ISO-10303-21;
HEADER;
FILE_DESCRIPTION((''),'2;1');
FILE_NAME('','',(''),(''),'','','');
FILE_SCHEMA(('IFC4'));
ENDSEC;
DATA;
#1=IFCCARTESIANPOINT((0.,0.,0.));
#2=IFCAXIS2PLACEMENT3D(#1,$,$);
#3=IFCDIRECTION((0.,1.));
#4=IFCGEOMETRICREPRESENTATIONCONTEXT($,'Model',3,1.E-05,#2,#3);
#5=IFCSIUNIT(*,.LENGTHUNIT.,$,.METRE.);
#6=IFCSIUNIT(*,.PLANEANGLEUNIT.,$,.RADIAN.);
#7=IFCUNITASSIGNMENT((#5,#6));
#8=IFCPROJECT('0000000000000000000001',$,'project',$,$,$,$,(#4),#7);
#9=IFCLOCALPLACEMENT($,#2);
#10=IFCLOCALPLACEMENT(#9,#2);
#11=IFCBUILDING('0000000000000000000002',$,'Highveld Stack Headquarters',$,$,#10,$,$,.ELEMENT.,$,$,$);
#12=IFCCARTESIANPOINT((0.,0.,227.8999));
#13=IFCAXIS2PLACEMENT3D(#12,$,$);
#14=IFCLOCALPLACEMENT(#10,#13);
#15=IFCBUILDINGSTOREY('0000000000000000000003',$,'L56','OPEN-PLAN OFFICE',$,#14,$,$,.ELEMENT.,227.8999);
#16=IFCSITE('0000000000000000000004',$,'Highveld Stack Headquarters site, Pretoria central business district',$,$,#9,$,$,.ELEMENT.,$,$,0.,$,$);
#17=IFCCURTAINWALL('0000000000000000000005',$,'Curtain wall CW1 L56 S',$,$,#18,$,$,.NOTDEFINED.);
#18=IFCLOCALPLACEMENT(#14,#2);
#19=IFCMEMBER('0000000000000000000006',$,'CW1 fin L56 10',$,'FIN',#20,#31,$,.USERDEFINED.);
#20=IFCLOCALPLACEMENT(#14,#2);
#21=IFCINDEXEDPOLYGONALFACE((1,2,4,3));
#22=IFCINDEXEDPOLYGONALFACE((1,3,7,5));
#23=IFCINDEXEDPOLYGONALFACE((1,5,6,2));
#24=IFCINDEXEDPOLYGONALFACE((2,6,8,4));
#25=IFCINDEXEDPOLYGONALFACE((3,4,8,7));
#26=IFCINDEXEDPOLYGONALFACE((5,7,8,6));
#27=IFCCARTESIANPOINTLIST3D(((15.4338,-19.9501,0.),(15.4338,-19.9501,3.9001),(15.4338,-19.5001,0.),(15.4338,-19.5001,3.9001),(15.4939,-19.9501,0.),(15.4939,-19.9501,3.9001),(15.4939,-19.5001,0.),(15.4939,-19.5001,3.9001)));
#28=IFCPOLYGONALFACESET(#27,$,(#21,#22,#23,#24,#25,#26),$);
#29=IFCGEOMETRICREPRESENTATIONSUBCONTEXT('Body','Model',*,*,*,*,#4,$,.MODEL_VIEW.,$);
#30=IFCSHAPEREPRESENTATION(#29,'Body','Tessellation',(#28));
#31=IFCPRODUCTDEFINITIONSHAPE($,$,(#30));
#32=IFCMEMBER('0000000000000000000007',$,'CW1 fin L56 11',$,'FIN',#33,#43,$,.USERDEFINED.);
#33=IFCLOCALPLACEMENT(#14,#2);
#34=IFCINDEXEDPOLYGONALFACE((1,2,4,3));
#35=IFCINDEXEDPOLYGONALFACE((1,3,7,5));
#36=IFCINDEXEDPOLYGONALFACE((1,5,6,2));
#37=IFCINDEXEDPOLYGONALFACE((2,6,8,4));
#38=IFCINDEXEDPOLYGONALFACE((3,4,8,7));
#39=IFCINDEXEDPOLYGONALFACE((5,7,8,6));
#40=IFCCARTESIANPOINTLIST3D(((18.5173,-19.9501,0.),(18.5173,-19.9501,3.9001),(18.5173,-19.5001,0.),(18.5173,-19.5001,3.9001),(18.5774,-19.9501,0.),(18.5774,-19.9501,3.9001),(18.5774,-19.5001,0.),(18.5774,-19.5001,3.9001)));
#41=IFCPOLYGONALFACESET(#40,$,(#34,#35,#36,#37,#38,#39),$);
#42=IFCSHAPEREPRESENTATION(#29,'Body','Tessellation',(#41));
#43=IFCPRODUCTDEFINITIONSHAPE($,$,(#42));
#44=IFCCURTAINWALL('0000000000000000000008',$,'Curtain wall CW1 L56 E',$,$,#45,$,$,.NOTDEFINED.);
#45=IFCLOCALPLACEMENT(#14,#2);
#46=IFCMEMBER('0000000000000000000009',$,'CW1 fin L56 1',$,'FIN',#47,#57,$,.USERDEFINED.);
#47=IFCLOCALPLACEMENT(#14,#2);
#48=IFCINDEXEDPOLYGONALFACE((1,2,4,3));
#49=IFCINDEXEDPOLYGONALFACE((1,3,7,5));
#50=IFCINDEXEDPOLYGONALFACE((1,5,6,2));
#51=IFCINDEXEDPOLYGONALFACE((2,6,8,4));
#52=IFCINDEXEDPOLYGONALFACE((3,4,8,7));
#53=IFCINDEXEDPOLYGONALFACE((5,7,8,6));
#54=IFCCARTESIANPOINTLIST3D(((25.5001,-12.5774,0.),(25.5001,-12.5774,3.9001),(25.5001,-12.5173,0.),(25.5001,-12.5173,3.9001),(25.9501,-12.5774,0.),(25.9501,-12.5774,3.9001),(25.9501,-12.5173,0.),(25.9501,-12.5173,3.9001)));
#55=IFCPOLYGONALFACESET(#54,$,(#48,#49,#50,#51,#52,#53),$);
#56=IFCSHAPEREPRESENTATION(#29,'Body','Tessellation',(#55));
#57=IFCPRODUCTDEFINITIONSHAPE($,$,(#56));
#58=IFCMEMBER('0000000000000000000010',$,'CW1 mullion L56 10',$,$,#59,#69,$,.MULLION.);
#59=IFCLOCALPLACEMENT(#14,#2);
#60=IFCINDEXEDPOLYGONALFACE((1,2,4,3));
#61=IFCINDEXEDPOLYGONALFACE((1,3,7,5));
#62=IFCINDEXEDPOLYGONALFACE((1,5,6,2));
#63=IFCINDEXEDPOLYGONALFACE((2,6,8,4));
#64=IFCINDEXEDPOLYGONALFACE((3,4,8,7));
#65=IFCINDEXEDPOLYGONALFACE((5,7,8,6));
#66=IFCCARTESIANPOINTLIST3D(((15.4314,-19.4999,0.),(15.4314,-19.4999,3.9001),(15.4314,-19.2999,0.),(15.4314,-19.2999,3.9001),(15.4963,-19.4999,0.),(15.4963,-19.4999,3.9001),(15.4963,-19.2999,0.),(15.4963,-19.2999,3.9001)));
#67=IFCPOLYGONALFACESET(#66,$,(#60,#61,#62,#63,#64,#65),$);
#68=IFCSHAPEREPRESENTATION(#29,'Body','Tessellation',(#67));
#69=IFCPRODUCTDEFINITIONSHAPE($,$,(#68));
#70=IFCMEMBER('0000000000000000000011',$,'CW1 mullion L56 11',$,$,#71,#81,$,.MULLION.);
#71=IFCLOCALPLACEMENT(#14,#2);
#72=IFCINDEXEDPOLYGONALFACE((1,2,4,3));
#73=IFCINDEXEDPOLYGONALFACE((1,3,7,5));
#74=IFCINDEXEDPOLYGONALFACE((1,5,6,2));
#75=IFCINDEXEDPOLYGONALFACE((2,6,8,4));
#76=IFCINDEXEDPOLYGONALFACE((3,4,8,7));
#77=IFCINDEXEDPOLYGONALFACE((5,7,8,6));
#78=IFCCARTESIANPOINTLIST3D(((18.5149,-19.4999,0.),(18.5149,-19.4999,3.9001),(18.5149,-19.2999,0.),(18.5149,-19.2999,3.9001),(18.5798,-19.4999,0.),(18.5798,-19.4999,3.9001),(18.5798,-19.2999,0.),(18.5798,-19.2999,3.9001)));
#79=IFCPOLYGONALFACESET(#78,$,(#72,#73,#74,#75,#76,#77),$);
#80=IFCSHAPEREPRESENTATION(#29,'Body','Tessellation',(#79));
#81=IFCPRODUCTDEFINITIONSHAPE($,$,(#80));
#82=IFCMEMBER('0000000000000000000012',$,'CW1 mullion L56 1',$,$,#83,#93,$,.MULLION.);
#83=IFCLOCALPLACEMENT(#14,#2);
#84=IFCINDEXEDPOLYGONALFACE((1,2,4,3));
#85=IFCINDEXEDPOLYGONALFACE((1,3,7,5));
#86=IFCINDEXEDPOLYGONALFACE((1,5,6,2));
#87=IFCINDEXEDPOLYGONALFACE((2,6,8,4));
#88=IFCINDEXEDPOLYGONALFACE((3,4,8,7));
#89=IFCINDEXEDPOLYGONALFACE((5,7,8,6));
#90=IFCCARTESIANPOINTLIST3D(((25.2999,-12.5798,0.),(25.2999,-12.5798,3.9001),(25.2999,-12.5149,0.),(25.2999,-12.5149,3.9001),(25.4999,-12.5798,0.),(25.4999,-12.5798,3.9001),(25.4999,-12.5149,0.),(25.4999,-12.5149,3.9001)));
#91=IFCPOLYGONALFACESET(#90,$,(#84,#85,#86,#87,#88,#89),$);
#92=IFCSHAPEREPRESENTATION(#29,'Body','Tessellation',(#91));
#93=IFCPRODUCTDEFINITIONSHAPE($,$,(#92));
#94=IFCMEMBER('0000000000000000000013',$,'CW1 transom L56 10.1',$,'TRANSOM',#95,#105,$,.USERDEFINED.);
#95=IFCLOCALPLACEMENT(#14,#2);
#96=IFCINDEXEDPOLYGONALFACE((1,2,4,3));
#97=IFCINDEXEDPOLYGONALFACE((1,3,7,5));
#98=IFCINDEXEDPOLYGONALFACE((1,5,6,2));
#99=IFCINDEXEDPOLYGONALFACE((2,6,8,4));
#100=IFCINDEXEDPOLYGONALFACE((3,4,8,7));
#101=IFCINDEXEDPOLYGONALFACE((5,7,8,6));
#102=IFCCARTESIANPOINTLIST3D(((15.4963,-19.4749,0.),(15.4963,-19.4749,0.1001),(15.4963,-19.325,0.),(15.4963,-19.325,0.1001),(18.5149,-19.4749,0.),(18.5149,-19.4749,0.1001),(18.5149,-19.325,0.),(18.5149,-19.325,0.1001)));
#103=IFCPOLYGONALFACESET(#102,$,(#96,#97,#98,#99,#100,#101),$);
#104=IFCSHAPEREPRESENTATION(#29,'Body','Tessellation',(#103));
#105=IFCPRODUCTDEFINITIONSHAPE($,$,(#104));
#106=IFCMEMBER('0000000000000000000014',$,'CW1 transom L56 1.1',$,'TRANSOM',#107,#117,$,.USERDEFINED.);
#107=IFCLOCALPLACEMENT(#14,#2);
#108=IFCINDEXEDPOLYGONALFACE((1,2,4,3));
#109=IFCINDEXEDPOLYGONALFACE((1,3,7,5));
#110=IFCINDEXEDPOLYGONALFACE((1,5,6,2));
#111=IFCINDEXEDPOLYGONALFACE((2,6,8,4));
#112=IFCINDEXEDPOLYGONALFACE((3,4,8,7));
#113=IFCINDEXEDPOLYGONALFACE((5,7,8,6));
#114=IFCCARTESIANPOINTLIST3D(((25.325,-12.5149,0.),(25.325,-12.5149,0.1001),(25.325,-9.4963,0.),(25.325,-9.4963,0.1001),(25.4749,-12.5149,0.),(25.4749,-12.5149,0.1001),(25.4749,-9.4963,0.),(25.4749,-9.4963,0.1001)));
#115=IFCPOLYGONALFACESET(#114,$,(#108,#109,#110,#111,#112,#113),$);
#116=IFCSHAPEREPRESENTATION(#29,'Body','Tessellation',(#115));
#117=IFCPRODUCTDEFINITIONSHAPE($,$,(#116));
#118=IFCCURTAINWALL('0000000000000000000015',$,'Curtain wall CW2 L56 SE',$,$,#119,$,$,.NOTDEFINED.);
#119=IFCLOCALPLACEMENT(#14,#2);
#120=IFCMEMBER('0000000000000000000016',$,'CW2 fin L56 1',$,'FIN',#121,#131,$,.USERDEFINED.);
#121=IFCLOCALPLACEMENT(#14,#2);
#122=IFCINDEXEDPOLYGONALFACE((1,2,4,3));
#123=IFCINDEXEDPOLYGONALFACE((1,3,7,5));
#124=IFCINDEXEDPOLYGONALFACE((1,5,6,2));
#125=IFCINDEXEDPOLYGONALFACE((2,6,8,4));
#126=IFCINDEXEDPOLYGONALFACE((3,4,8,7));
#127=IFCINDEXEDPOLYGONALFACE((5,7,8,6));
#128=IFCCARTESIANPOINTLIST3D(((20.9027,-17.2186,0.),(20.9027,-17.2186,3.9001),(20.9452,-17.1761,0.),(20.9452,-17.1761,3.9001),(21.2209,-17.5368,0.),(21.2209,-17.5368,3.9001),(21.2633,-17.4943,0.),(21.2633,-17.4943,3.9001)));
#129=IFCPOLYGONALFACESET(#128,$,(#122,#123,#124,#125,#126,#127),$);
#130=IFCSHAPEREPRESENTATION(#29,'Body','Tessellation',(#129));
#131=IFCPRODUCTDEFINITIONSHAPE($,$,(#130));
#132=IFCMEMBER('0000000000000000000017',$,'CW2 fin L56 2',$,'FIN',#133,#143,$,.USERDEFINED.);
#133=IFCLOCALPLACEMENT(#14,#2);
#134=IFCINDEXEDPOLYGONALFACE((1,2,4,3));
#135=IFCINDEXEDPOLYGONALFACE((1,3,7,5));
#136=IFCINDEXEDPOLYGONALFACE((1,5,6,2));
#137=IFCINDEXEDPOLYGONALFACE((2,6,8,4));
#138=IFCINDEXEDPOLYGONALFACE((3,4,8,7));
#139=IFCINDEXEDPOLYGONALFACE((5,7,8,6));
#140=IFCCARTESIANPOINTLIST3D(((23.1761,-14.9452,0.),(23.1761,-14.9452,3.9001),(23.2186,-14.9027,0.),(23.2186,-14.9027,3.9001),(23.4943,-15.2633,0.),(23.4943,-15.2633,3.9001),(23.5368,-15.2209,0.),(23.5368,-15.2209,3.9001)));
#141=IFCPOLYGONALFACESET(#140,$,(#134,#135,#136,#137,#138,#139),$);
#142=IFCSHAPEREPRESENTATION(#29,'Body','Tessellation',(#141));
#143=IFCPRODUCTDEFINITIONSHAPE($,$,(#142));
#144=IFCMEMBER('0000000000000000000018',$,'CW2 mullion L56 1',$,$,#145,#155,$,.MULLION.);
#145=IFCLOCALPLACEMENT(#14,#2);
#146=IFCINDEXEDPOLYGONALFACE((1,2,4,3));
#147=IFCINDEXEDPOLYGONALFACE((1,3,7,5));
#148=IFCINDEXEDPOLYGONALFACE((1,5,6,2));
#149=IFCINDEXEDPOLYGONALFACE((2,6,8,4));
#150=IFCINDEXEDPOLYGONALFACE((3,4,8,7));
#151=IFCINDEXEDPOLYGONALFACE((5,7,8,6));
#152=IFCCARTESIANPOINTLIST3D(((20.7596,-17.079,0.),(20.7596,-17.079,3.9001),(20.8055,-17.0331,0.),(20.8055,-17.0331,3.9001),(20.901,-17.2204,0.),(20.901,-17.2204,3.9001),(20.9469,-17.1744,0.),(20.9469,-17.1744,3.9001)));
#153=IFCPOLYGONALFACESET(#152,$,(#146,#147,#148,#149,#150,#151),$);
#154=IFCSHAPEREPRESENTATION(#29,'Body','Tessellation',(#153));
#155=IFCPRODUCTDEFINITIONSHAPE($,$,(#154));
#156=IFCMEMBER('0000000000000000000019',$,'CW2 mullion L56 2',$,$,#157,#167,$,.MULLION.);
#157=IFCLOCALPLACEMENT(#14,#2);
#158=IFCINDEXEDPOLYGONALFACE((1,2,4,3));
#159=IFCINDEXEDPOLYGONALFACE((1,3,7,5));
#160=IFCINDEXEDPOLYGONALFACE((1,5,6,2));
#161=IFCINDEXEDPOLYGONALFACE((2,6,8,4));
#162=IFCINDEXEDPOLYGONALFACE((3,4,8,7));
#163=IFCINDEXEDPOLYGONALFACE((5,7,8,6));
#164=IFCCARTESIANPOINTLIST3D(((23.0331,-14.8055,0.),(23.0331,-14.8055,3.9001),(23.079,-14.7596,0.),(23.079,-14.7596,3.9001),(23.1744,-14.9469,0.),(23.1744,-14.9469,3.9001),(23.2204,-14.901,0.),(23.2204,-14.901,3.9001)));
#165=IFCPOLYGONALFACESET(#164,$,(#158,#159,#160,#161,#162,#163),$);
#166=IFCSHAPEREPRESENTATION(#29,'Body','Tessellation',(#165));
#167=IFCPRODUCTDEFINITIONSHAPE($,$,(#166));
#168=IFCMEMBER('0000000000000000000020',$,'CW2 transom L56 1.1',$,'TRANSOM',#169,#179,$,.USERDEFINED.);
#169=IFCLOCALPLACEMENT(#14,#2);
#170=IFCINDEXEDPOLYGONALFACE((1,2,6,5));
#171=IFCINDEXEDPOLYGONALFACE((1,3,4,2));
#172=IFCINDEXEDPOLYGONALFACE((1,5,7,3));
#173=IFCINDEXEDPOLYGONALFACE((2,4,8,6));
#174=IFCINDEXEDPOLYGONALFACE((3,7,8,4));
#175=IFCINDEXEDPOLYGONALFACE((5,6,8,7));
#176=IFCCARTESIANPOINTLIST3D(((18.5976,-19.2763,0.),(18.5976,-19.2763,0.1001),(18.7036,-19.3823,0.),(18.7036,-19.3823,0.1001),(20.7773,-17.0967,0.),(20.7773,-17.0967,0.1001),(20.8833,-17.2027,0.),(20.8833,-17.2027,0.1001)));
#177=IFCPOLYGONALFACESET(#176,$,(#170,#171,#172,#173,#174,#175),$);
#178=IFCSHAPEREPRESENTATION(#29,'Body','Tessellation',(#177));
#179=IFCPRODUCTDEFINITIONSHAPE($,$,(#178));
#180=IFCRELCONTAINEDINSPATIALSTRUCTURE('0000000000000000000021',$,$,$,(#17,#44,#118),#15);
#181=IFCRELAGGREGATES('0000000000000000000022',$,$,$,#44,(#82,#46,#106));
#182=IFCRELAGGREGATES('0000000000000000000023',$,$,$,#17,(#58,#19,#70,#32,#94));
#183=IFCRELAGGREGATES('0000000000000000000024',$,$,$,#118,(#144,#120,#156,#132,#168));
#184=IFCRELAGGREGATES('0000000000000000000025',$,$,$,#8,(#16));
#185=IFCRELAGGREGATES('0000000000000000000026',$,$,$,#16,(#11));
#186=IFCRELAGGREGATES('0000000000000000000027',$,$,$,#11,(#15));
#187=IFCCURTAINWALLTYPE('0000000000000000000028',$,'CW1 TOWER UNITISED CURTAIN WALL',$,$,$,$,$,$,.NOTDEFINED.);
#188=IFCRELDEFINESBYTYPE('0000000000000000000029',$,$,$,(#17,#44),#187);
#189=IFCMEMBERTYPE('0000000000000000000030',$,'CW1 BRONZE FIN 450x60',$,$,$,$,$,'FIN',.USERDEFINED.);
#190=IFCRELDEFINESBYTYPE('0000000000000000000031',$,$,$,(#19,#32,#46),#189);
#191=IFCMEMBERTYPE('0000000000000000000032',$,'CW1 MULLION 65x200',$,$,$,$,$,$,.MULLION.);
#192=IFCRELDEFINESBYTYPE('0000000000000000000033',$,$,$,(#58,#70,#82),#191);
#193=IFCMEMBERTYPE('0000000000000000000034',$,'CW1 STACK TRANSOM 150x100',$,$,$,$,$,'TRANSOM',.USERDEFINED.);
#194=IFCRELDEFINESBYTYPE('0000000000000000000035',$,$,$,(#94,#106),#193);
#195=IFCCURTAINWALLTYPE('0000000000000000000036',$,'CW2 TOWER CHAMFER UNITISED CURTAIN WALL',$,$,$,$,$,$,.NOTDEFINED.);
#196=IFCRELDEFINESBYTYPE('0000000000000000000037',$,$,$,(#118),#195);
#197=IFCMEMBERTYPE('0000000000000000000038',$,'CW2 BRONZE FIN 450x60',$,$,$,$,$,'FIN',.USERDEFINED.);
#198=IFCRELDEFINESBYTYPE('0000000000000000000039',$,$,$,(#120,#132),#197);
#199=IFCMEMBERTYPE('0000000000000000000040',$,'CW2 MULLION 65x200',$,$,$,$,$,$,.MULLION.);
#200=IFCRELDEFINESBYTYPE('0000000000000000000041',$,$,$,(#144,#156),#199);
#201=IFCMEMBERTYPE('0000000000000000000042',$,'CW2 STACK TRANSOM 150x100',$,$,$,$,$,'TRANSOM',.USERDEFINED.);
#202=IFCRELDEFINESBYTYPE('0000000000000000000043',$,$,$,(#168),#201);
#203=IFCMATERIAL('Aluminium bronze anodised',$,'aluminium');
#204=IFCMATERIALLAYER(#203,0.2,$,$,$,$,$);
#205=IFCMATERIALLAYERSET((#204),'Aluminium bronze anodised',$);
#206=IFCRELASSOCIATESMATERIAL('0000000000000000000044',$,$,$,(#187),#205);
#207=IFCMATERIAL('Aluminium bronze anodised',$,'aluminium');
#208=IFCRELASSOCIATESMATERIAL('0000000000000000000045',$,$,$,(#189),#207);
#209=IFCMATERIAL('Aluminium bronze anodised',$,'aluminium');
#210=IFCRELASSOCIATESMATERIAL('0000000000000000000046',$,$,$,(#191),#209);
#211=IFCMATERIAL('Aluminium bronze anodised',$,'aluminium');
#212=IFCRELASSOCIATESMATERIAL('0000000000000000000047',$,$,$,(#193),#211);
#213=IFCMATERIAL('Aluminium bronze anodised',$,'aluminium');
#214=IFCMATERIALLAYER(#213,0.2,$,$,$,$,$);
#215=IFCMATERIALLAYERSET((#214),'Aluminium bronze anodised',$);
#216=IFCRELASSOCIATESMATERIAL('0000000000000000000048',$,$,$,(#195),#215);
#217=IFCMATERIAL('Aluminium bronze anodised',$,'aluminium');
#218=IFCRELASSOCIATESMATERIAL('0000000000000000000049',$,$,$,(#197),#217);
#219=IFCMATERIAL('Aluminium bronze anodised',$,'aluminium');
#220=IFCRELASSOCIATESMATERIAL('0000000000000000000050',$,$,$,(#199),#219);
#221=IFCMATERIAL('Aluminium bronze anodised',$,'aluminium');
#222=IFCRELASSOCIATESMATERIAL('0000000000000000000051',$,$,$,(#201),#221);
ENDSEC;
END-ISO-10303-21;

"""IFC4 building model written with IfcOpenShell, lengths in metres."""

from ifc_helpers import new_model, si_unit, direction, frame, origin, origin_2d, place, context, subcontext, project, spatial, rectangle, extrude, material, layer, layer_set, material_profile, profile_set, type_object, element, aggregate, save


model = new_model("IFC4")

# Units and contexts
model_context = context("Model", 3, precision=1e-05, world=origin(), true_north=direction((0.0, 1.0)))
body_context = subcontext(model_context, "Body", "Model", "MODEL_VIEW")
ifc_project = project(units=[si_unit("LENGTHUNIT", "METRE"), si_unit("PLANEANGLEUNIT", "RADIAN")], contexts=[model_context])

# Site, building, storey
site_placement = place(None, origin())
site = spatial("IfcSite", under=ifc_project, at=site_placement, Name="Highveld Stack Headquarters site, Pretoria central business district", CompositionType="ELEMENT", RefElevation=0.0)
building_placement = place(site_placement, origin())
building = spatial("IfcBuilding", under=site, at=building_placement, Name="Highveld Stack Headquarters", CompositionType="ELEMENT")
storey_placement = place(building_placement, frame((0.0, 0.0, 227.8999)))
storey = spatial("IfcBuildingStorey", under=building, at=storey_placement, Name="L56", Description="OPEN-PLAN OFFICE", CompositionType="ELEMENT", Elevation=227.8999)

# Curtain wall, members
ifc_material_1 = material(Name="Aluminium bronze anodised", Category="aluminium")
ifc_layer_1 = layer(ifc_material_1, 0.2)
ifc_layer_set_1 = layer_set([ifc_layer_1], Name="Aluminium bronze anodised")
curtain_wall_type_1 = type_object("IfcCurtainWallType", Name="CW1 TOWER UNITISED CURTAIN WALL", PredefinedType="NOTDEFINED", material=ifc_layer_set_1)
curtain_wall_1_placement = place(storey_placement, origin())
curtain_wall_1 = element("IfcCurtainWall", 1, at=curtain_wall_1_placement, inside=storey, type_object=curtain_wall_type_1, Name="Curtain wall CW1 L56 S", PredefinedType="NOTDEFINED")
ifc_material_2 = material(Name="Aluminium bronze anodised", Category="aluminium")
ifc_material_profile_1 = material_profile(ifc_material_2, rectangle(XDim=0.45, YDim=0.0601, at=origin_2d()), Name="FIN 450x60")
ifc_profile_set_1 = profile_set([ifc_material_profile_1], Name="Aluminium bronze anodised")
member_type_1 = type_object("IfcMemberType", Name="CW1 BRONZE FIN 450x60", ElementType="FIN", PredefinedType="USERDEFINED", material=ifc_profile_set_1)
member_1_placement = place(storey_placement, frame((15.4639, -19.7251, 0.0), z_axis=(0.0, 0.0, 1.0), x_axis=(0.0, 1.0, 0.0)))
member_1 = element("IfcMember", 2, at=member_1_placement, type_object=member_type_1, Name="CW1 fin L56 10", ObjectType="FIN", PredefinedType="USERDEFINED", context=body_context, shape_type="SweptSolid", body=[
    extrude(rectangle(XDim=0.45, YDim=0.0601, at=origin_2d()), origin(), (0.0, 0.0, 1.0), 3.9001),
])
member_2_placement = place(storey_placement, frame((18.5474, -19.7251, 0.0), z_axis=(0.0, 0.0, 1.0), x_axis=(0.0, 1.0, 0.0)))
member_2 = element("IfcMember", 3, at=member_2_placement, type_object=member_type_1, Name="CW1 fin L56 11", ObjectType="FIN", PredefinedType="USERDEFINED", context=body_context, shape_type="SweptSolid", body=[
    extrude(rectangle(XDim=0.45, YDim=0.0601, at=origin_2d()), origin(), (0.0, 0.0, 1.0), 3.9001),
])

# Curtain wall, member
curtain_wall_2_placement = place(storey_placement, origin())
curtain_wall_2 = element("IfcCurtainWall", 4, at=curtain_wall_2_placement, inside=storey, type_object=curtain_wall_type_1, Name="Curtain wall CW1 L56 E", PredefinedType="NOTDEFINED")
member_3_placement = place(storey_placement, frame((25.7251, -12.5474, 0.0), z_axis=(0.0, 0.0, 1.0), x_axis=(-1.0, 0.0, 0.0)))
member_3 = element("IfcMember", 5, at=member_3_placement, type_object=member_type_1, Name="CW1 fin L56 1", ObjectType="FIN", PredefinedType="USERDEFINED", context=body_context, shape_type="SweptSolid", body=[
    extrude(rectangle(XDim=0.45, YDim=0.0601, at=origin_2d()), origin(), (0.0, 0.0, 1.0), 3.9001),
])

# Members
ifc_material_3 = material(Name="Aluminium bronze anodised", Category="aluminium")
ifc_material_profile_2 = material_profile(ifc_material_3, rectangle(XDim=0.2, YDim=0.0649, at=origin_2d()), Name="CW1 MULLION 65x200")
ifc_profile_set_2 = profile_set([ifc_material_profile_2], Name="Aluminium bronze anodised")
member_type_2 = type_object("IfcMemberType", Name="CW1 MULLION 65x200", PredefinedType="MULLION", material=ifc_profile_set_2)
member_4_placement = place(storey_placement, frame((15.4639, -19.3999, 0.0), z_axis=(0.0, 0.0, 1.0), x_axis=(0.0, 1.0, 0.0)))
member_4 = element("IfcMember", 6, at=member_4_placement, type_object=member_type_2, Name="CW1 mullion L56 10", PredefinedType="MULLION", context=body_context, shape_type="SweptSolid", body=[
    extrude(rectangle(XDim=0.2, YDim=0.0649, at=origin_2d()), origin(), (0.0, 0.0, 1.0), 3.9001),
])
member_5_placement = place(storey_placement, frame((18.5474, -19.3999, 0.0), z_axis=(0.0, 0.0, 1.0), x_axis=(0.0, 1.0, 0.0)))
member_5 = element("IfcMember", 7, at=member_5_placement, type_object=member_type_2, Name="CW1 mullion L56 11", PredefinedType="MULLION", context=body_context, shape_type="SweptSolid", body=[
    extrude(rectangle(XDim=0.2, YDim=0.0649, at=origin_2d()), origin(), (0.0, 0.0, 1.0), 3.9001),
])
member_6_placement = place(storey_placement, frame((25.3999, -12.5474, 0.0), z_axis=(0.0, 0.0, 1.0), x_axis=(-1.0, 0.0, 0.0)))
member_6 = element("IfcMember", 8, at=member_6_placement, type_object=member_type_2, Name="CW1 mullion L56 1", PredefinedType="MULLION", context=body_context, shape_type="SweptSolid", body=[
    extrude(rectangle(XDim=0.2, YDim=0.0649, at=origin_2d()), origin(), (0.0, 0.0, 1.0), 3.9001),
])
ifc_material_4 = material(Name="Aluminium bronze anodised", Category="aluminium")
ifc_material_profile_3 = material_profile(ifc_material_4, rectangle(XDim=0.1499, YDim=0.1001, at=origin_2d()), Name="CW1 TRANSOM 150x100")
ifc_profile_set_3 = profile_set([ifc_material_profile_3], Name="Aluminium bronze anodised")
member_type_3 = type_object("IfcMemberType", Name="CW1 STACK TRANSOM 150x100", ElementType="TRANSOM", PredefinedType="USERDEFINED", material=ifc_profile_set_3)
member_7_placement = place(storey_placement, frame((15.4963, -19.3999, 0.05), z_axis=(1.0, 0.0, 0.0), x_axis=(0.0, 1.0, 0.0)))
member_7 = element("IfcMember", 9, at=member_7_placement, type_object=member_type_3, Name="CW1 transom L56 10.1", ObjectType="TRANSOM", PredefinedType="USERDEFINED", context=body_context, shape_type="SweptSolid", body=[
    extrude(rectangle(XDim=0.1499, YDim=0.1001, at=origin_2d()), origin(), (0.0, 0.0, 1.0), 3.0186),
])
member_8_placement = place(storey_placement, frame((25.3999, -12.5149, 0.05), z_axis=(0.0, 1.0, 0.0), x_axis=(-1.0, 0.0, 0.0)))
member_8 = element("IfcMember", 10, at=member_8_placement, type_object=member_type_3, Name="CW1 transom L56 1.1", ObjectType="TRANSOM", PredefinedType="USERDEFINED", context=body_context, shape_type="SweptSolid", body=[
    extrude(rectangle(XDim=0.1499, YDim=0.1001, at=origin_2d()), origin(), (0.0, 0.0, 1.0), 3.0186),
])
aggregate(curtain_wall_2, [member_6, member_3, member_8])

# Curtain wall, members
ifc_material_5 = material(Name="Aluminium bronze anodised", Category="aluminium")
ifc_layer_2 = layer(ifc_material_5, 0.2)
ifc_layer_set_2 = layer_set([ifc_layer_2], Name="Aluminium bronze anodised")
curtain_wall_type_2 = type_object("IfcCurtainWallType", Name="CW2 TOWER CHAMFER UNITISED CURTAIN WALL", PredefinedType="NOTDEFINED", material=ifc_layer_set_2)
curtain_wall_3_placement = place(storey_placement, origin())
curtain_wall_3 = element("IfcCurtainWall", 11, at=curtain_wall_3_placement, inside=storey, type_object=curtain_wall_type_2, Name="Curtain wall CW2 L56 SE", PredefinedType="NOTDEFINED")
ifc_material_6 = material(Name="Aluminium bronze anodised", Category="aluminium")
ifc_material_profile_4 = material_profile(ifc_material_6, rectangle(XDim=0.45, YDim=0.0601, at=origin_2d()), Name="FIN 450x60")
ifc_profile_set_4 = profile_set([ifc_material_profile_4], Name="Aluminium bronze anodised")
member_type_4 = type_object("IfcMemberType", Name="CW2 BRONZE FIN 450x60", ElementType="FIN", PredefinedType="USERDEFINED", material=ifc_profile_set_4)
member_9_placement = place(storey_placement, frame((21.083, -17.3564, 0.0), z_axis=(0.0, 0.0, 1.0), x_axis=(-0.707107, 0.707107, 0.0)))
member_9 = element("IfcMember", 12, at=member_9_placement, type_object=member_type_4, Name="CW2 fin L56 1", ObjectType="FIN", PredefinedType="USERDEFINED", context=body_context, shape_type="SweptSolid", body=[
    extrude(rectangle(XDim=0.45, YDim=0.0601, at=origin_2d()), origin(), (0.0, 0.0, 1.0), 3.9001),
])
member_10_placement = place(storey_placement, frame((23.3564, -15.083, 0.0), z_axis=(0.0, 0.0, 1.0), x_axis=(-0.707107, 0.707107, 0.0)))
member_10 = element("IfcMember", 13, at=member_10_placement, type_object=member_type_4, Name="CW2 fin L56 2", ObjectType="FIN", PredefinedType="USERDEFINED", context=body_context, shape_type="SweptSolid", body=[
    extrude(rectangle(XDim=0.45, YDim=0.0601, at=origin_2d()), origin(), (0.0, 0.0, 1.0), 3.9001),
])
ifc_material_7 = material(Name="Aluminium bronze anodised", Category="aluminium")
ifc_material_profile_5 = material_profile(ifc_material_7, rectangle(XDim=0.2, YDim=0.0649, at=origin_2d()), Name="CW2 MULLION 65x200")
ifc_profile_set_5 = profile_set([ifc_material_profile_5], Name="Aluminium bronze anodised")
member_type_5 = type_object("IfcMemberType", Name="CW2 MULLION 65x200", PredefinedType="MULLION", material=ifc_profile_set_5)
member_11_placement = place(storey_placement, frame((20.8533, -17.1267, 0.0), z_axis=(0.0, 0.0, 1.0), x_axis=(-0.707107, 0.707107, 0.0)))
member_11 = element("IfcMember", 14, at=member_11_placement, type_object=member_type_5, Name="CW2 mullion L56 1", PredefinedType="MULLION", context=body_context, shape_type="SweptSolid", body=[
    extrude(rectangle(XDim=0.2, YDim=0.0649, at=origin_2d()), origin(), (0.0, 0.0, 1.0), 3.9001),
])
member_12_placement = place(storey_placement, frame((23.1267, -14.8533, 0.0), z_axis=(0.0, 0.0, 1.0), x_axis=(-0.707107, 0.707107, 0.0)))
member_12 = element("IfcMember", 15, at=member_12_placement, type_object=member_type_5, Name="CW2 mullion L56 2", PredefinedType="MULLION", context=body_context, shape_type="SweptSolid", body=[
    extrude(rectangle(XDim=0.2, YDim=0.0649, at=origin_2d()), origin(), (0.0, 0.0, 1.0), 3.9001),
])
ifc_material_8 = material(Name="Aluminium bronze anodised", Category="aluminium")
ifc_material_profile_6 = material_profile(ifc_material_8, rectangle(XDim=0.1499, YDim=0.1001, at=origin_2d()), Name="CW2 TRANSOM 150x100")
ifc_profile_set_6 = profile_set([ifc_material_profile_6], Name="Aluminium bronze anodised")
member_type_6 = type_object("IfcMemberType", Name="CW2 STACK TRANSOM 150x100", ElementType="TRANSOM", PredefinedType="USERDEFINED", material=ifc_profile_set_6)
member_13_placement = place(storey_placement, frame((18.6506, -19.3293, 0.05), z_axis=(0.707107, 0.707107, 0.0), x_axis=(-0.707107, 0.707107, 0.0)))
member_13 = element("IfcMember", 16, at=member_13_placement, type_object=member_type_6, Name="CW2 transom L56 1.1", ObjectType="TRANSOM", PredefinedType="USERDEFINED", context=body_context, shape_type="SweptSolid", body=[
    extrude(rectangle(XDim=0.1499, YDim=0.1001, at=origin_2d()), origin(), (0.0, 0.0, 1.0), 3.0825),
])

aggregate(curtain_wall_1, [member_4, member_1, member_5, member_2, member_7])
aggregate(curtain_wall_3, [member_11, member_9, member_12, member_10, member_13])

save(model, "model.ifc")
